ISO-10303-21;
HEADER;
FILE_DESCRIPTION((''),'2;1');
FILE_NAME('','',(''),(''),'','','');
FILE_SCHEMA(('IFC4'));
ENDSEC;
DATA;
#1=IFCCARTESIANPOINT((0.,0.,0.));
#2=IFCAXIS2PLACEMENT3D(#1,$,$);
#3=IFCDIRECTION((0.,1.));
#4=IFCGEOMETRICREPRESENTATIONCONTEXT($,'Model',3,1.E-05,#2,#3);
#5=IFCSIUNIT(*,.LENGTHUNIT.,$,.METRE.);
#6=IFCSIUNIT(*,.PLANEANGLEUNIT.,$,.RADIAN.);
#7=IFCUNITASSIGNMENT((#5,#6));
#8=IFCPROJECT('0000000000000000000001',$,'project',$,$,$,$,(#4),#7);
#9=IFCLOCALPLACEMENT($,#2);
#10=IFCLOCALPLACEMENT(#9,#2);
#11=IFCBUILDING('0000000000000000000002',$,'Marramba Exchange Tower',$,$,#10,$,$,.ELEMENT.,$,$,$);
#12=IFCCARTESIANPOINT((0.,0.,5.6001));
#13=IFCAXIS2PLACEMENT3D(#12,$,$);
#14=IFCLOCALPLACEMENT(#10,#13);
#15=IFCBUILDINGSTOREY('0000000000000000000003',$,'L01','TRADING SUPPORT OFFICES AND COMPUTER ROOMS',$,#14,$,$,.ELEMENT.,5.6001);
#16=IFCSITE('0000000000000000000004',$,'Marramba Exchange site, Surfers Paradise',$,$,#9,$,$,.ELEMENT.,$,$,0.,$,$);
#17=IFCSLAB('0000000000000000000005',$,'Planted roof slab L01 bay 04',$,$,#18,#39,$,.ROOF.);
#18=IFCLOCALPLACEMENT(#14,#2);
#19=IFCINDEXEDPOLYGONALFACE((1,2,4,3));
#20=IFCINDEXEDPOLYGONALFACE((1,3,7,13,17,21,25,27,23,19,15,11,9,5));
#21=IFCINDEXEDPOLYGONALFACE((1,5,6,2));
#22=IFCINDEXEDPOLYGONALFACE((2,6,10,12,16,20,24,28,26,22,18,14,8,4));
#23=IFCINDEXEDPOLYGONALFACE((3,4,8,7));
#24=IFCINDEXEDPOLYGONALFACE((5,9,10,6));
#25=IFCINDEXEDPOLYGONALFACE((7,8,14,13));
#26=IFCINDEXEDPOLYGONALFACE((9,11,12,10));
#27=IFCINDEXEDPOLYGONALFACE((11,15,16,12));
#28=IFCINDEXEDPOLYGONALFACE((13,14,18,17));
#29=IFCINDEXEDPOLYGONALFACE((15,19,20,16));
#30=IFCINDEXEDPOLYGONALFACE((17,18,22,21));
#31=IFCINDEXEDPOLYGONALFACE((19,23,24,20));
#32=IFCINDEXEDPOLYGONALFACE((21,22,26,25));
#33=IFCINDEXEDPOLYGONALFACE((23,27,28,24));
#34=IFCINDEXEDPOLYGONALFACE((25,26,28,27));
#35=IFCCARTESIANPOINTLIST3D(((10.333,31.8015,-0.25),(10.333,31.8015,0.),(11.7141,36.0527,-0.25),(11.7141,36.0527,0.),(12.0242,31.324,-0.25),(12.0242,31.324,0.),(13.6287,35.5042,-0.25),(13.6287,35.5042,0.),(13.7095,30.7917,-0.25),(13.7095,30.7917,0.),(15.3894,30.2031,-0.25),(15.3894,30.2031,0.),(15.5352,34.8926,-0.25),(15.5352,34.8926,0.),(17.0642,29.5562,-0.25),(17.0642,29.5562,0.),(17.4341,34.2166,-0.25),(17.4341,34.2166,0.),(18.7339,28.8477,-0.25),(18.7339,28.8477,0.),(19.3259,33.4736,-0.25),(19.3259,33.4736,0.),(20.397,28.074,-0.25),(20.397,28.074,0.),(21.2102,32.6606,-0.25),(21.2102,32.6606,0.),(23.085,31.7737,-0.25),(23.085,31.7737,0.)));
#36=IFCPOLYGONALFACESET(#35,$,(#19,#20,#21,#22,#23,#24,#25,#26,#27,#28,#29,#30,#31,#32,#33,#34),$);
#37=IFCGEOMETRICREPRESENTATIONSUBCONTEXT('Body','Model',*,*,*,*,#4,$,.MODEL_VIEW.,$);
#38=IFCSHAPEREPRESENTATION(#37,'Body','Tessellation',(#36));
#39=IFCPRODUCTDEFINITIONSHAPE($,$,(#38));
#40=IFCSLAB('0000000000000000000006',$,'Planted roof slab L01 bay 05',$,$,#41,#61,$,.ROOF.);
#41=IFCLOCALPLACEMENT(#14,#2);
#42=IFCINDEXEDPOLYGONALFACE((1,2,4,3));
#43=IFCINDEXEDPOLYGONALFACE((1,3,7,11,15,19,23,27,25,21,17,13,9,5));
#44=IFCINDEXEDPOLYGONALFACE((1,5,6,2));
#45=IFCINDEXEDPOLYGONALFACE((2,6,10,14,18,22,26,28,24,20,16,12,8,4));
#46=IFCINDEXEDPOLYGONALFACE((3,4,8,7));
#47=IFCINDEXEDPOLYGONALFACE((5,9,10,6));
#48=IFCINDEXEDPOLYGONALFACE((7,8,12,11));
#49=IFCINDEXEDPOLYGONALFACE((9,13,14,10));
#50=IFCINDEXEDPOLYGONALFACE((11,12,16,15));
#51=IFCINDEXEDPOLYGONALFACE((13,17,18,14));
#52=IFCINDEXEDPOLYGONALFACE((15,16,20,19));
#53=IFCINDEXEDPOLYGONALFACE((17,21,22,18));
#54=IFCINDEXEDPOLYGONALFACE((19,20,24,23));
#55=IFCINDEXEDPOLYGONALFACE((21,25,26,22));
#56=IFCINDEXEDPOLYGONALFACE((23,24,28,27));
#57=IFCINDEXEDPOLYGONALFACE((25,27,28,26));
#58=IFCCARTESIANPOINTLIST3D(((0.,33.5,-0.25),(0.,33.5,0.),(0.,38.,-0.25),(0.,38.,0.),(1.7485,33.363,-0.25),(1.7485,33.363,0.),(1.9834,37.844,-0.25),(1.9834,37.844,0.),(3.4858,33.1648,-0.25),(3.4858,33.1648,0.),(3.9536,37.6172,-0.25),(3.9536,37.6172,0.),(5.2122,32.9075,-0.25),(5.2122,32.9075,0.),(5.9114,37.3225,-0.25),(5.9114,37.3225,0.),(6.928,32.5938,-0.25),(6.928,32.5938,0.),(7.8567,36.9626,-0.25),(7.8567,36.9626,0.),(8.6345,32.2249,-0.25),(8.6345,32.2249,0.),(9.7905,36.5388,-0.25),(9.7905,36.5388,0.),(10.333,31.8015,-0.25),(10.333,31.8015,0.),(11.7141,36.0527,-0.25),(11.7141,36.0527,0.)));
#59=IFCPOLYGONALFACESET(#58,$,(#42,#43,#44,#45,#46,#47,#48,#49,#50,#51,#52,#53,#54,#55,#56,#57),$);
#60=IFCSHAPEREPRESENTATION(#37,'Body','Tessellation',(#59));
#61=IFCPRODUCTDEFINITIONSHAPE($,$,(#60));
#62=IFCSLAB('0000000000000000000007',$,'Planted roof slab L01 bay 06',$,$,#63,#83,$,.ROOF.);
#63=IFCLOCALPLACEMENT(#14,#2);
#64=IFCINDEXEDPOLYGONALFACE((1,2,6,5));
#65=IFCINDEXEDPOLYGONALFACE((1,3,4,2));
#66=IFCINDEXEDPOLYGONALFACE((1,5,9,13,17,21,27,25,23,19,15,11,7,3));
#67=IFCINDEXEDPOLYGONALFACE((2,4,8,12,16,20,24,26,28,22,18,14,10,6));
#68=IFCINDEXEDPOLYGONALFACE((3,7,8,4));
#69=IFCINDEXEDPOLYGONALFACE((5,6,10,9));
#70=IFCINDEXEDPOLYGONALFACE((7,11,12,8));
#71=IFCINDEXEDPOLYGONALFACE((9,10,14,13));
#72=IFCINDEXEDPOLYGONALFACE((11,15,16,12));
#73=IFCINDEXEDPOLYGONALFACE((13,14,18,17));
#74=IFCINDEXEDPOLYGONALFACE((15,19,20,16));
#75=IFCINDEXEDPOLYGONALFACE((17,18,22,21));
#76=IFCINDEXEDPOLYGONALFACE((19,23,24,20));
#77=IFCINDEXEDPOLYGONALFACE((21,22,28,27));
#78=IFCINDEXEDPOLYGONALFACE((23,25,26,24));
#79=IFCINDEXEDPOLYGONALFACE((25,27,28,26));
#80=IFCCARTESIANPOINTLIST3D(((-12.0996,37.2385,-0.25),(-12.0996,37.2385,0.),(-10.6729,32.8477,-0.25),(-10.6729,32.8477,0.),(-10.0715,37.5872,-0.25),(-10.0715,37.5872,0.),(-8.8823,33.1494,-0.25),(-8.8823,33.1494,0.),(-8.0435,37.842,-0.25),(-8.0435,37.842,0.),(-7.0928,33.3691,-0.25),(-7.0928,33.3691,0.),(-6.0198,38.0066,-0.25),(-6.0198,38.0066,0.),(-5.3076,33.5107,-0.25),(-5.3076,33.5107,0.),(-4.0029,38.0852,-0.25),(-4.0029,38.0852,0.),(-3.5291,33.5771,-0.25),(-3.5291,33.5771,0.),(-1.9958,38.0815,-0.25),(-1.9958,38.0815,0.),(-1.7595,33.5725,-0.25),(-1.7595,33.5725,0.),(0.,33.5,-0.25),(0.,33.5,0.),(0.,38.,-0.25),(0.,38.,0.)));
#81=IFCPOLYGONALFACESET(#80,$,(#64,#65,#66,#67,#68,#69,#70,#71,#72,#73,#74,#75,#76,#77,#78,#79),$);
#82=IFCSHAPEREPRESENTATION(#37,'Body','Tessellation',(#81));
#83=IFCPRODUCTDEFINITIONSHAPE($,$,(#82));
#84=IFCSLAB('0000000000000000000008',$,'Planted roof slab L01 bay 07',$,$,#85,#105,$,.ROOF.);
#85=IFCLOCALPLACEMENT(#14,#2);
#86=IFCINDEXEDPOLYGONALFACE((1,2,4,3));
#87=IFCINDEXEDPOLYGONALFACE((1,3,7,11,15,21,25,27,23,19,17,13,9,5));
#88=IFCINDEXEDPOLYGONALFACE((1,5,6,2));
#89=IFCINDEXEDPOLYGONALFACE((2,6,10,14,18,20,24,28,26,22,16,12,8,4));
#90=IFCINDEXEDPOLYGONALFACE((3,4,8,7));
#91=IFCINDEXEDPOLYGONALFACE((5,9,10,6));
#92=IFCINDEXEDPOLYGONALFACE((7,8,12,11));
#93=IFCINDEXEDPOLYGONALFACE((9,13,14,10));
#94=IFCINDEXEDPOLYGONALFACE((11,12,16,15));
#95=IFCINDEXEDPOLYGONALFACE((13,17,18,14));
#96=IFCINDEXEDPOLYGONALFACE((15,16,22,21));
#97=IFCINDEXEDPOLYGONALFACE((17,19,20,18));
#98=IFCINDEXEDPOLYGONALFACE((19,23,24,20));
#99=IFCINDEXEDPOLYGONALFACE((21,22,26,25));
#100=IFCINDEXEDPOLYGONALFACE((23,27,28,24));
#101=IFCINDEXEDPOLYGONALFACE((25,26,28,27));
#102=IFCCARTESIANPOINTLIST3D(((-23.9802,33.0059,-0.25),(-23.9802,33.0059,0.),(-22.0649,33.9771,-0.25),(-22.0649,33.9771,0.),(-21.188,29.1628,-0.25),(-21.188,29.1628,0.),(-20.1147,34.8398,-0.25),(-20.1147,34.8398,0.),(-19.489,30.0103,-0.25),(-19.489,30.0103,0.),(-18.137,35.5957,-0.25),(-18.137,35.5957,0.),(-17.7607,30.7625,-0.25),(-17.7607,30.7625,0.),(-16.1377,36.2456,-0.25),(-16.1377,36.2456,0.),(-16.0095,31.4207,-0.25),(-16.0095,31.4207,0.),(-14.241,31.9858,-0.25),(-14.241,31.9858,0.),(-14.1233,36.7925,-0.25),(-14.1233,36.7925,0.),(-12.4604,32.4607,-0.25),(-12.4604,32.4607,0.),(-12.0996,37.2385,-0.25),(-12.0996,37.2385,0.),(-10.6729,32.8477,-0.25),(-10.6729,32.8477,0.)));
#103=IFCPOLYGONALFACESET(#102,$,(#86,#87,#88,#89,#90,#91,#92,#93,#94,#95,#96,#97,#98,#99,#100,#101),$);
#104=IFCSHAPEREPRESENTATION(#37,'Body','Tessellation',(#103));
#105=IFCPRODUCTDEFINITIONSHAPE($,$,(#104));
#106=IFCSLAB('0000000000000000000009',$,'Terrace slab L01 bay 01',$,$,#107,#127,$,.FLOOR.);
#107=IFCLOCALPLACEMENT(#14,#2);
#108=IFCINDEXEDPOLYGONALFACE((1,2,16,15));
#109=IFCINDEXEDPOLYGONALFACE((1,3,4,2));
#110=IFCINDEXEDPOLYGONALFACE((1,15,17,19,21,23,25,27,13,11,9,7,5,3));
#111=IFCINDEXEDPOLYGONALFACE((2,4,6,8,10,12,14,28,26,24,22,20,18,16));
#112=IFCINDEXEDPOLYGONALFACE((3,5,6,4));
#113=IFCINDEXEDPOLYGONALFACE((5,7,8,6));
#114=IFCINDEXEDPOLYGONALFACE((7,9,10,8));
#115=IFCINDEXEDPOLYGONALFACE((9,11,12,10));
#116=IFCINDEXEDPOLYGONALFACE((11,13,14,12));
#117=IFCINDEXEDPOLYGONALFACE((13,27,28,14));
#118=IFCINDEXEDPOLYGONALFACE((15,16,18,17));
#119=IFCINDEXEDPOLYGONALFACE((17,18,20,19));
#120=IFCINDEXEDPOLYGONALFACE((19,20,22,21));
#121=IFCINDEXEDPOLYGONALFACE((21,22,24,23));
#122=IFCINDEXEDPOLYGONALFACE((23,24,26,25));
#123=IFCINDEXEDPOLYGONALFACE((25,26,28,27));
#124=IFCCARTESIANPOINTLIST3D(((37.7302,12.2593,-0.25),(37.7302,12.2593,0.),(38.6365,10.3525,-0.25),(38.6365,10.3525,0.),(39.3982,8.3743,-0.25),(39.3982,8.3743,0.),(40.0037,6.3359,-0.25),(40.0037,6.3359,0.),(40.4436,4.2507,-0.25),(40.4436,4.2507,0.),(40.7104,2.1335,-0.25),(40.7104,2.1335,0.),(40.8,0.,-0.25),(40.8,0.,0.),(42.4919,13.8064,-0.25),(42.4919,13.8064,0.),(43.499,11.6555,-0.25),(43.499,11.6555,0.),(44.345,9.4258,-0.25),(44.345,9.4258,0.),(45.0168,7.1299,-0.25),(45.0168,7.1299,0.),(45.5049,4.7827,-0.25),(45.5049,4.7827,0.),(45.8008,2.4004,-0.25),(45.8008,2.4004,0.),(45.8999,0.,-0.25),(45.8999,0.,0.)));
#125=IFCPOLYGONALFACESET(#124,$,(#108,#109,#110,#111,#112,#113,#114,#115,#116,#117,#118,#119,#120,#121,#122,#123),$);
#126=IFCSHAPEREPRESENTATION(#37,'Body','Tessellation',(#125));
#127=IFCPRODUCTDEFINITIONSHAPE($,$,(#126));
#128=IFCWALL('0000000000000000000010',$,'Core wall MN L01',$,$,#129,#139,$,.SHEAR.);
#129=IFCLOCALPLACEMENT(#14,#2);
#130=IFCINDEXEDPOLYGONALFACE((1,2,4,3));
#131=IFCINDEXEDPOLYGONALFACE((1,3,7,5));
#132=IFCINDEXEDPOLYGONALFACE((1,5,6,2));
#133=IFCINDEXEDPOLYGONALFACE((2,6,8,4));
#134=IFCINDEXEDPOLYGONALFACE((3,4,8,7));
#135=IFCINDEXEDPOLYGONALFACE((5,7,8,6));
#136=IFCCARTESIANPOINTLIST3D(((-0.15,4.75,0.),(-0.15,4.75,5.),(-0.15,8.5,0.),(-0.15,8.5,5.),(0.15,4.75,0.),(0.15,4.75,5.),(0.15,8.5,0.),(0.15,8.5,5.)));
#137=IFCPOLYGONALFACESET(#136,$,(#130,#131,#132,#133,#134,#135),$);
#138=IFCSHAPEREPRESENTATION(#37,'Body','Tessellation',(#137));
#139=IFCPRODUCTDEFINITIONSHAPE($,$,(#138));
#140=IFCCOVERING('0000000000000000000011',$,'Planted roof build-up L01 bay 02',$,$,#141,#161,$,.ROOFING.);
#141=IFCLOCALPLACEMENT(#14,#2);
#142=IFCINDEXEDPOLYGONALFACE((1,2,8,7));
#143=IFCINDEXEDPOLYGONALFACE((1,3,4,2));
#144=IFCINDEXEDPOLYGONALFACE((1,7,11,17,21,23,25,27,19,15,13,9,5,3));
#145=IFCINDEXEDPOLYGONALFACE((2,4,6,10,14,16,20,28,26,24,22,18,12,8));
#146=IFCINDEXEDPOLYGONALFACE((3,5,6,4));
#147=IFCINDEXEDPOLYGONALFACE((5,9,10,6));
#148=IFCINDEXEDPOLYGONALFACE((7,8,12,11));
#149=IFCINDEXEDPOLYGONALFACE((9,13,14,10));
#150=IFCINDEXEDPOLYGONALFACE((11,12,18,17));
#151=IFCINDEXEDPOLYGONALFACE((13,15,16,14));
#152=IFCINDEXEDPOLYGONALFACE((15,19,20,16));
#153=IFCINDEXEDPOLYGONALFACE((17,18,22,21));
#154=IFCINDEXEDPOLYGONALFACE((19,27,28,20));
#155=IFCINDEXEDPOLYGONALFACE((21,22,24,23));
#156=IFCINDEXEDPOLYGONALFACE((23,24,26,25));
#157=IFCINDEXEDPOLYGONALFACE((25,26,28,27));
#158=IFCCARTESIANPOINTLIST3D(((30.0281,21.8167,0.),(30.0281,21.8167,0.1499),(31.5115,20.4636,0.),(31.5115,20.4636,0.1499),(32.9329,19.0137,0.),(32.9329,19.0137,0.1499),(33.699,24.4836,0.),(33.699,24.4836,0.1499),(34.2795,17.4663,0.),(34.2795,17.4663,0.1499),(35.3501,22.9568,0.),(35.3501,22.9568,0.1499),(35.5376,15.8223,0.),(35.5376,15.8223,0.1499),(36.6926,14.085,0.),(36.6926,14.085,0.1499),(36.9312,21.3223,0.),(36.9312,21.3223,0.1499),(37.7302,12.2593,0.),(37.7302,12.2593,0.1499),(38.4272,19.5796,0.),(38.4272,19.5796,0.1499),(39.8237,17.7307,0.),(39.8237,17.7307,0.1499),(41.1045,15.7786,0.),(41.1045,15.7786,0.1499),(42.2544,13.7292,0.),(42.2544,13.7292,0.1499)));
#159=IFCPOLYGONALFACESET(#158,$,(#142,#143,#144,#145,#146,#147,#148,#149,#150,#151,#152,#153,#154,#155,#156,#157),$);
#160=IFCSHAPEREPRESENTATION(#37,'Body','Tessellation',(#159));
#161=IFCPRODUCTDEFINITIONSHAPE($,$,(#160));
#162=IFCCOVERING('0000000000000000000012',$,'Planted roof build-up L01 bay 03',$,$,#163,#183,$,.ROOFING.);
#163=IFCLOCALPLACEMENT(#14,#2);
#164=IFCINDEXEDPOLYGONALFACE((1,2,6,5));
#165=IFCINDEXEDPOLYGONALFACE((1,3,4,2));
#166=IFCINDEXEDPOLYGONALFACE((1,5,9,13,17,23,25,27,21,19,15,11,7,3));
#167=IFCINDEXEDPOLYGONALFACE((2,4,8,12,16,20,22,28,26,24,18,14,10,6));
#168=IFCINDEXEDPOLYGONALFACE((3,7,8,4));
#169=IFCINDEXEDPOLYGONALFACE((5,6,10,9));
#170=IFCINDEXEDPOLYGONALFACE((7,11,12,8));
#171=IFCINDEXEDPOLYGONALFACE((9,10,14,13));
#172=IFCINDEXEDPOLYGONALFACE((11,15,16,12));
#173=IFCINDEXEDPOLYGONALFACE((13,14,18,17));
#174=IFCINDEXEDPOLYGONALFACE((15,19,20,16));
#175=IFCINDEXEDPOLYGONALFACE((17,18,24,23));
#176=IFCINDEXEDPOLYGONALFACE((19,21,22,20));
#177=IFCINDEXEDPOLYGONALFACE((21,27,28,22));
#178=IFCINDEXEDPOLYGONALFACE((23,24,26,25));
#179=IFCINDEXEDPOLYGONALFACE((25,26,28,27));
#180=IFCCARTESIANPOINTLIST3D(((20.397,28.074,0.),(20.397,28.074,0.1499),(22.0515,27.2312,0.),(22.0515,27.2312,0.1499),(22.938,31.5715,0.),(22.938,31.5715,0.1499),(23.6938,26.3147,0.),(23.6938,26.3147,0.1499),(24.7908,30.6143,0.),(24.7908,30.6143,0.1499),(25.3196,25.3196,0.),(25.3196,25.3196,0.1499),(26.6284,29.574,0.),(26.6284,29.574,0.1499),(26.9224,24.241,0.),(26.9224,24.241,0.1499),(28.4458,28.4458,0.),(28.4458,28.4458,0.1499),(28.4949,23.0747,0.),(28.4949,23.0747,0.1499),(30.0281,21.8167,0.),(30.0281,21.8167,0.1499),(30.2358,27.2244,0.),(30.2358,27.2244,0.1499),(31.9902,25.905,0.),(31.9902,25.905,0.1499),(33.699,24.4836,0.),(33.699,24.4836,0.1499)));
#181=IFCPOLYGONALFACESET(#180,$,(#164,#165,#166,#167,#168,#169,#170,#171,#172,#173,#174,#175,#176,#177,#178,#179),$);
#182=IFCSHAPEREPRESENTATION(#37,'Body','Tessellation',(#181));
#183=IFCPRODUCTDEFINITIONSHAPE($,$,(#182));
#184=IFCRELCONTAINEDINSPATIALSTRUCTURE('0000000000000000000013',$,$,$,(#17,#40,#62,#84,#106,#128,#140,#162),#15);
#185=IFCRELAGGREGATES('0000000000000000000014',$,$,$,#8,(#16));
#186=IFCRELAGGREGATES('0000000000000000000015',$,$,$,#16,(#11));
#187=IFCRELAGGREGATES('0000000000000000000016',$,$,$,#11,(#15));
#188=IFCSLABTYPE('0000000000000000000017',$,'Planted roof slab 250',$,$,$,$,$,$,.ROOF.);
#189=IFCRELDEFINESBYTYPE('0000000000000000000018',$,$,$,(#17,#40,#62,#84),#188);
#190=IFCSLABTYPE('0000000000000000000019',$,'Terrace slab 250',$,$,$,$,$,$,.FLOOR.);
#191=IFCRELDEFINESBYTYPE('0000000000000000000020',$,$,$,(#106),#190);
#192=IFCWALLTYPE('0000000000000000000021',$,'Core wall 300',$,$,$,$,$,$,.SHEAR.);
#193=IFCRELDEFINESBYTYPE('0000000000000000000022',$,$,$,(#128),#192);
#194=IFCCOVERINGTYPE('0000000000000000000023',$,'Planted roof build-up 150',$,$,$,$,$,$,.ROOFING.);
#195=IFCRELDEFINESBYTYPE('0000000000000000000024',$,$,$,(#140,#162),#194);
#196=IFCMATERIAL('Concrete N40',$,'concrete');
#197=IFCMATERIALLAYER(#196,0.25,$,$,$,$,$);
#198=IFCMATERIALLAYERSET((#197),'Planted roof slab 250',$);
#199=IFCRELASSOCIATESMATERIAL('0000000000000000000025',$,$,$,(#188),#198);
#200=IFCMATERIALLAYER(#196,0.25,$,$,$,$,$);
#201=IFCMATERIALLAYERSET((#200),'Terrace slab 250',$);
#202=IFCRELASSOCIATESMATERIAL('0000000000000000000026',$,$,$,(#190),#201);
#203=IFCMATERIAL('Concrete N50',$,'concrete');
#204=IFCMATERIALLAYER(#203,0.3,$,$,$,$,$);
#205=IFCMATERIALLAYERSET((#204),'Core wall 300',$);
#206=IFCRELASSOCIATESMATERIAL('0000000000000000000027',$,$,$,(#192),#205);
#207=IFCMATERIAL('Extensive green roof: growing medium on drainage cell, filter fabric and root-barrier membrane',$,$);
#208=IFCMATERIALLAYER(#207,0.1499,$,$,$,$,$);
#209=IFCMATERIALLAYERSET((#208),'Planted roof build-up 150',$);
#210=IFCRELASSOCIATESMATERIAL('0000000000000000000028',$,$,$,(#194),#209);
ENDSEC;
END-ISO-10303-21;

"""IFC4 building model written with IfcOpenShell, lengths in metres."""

from ifc_helpers import new_model, si_unit, direction, frame, frame_2d, origin, place, context, subcontext, project, spatial, polyline, rectangle, outline, extrude, material, layer, layer_set, type_object, element, save


model = new_model("IFC4")

# Units and contexts
model_context = context("Model", 3, precision=1e-05, world=origin(), true_north=direction((0.0, 1.0)))
body_context = subcontext(model_context, "Body", "Model", "MODEL_VIEW")
ifc_project = project(units=[si_unit("LENGTHUNIT", "METRE"), si_unit("PLANEANGLEUNIT", "RADIAN")], contexts=[model_context])

# Site, building, storey
site_placement = place(None, origin())
site = spatial("IfcSite", under=ifc_project, at=site_placement, Name="Marramba Exchange site, Surfers Paradise", CompositionType="ELEMENT", RefElevation=0.0)
building_placement = place(site_placement, origin())
building = spatial("IfcBuilding", under=site, at=building_placement, Name="Marramba Exchange Tower", CompositionType="ELEMENT")
storey_placement = place(building_placement, frame((0.0, 0.0, 5.6001)))
storey = spatial("IfcBuildingStorey", under=building, at=storey_placement, Name="L01", Description="TRADING SUPPORT OFFICES AND COMPUTER ROOMS", CompositionType="ELEMENT", Elevation=5.6001)

# Slabs
ifc_material_1 = material(Name="Concrete N40", Category="concrete")
ifc_layer_1 = layer(ifc_material_1, 0.25)
ifc_layer_set_1 = layer_set([ifc_layer_1], Name="Planted roof slab 250")
slab_type_1 = type_object("IfcSlabType", Name="Planted roof slab 250", PredefinedType="ROOF", material=ifc_layer_set_1)
slab_1_placement = place(storey_placement, frame((0.0, 0.0, -0.25)))
element("IfcSlab", 1, at=slab_1_placement, inside=storey, type_object=slab_type_1, Name="Planted roof slab L01 bay 04", PredefinedType="ROOF", context=body_context, shape_type="SweptSolid", body=[
    extrude(outline(polyline([(13.6287, 35.5042), (15.5352, 34.8926), (17.4341, 34.2166), (19.3259, 33.4736), (21.2102, 32.6606), (23.085, 31.7737), (20.397, 28.074), (18.7339, 28.8477), (17.0642, 29.5562), (15.3894, 30.2031), (13.7095, 30.7917), (12.0242, 31.324), (10.333, 31.8015), (11.7141, 36.0527), (13.6287, 35.5042)])), origin(), (0.0, 0.0, 1.0), 0.25),
])
slab_2_placement = place(storey_placement, frame((0.0, 0.0, -0.25)))
element("IfcSlab", 2, at=slab_2_placement, inside=storey, type_object=slab_type_1, Name="Planted roof slab L01 bay 05", PredefinedType="ROOF", context=body_context, shape_type="SweptSolid", body=[
    extrude(outline(polyline([(1.9834, 37.844), (3.9536, 37.6172), (5.9114, 37.3225), (7.8567, 36.9626), (9.7905, 36.5388), (11.7141, 36.0527), (10.333, 31.8015), (8.6345, 32.2249), (6.928, 32.5938), (5.2122, 32.9075), (3.4858, 33.1648), (1.7485, 33.363), (0.0, 33.5), (0.0, 38.0), (1.9834, 37.844)])), origin(), (0.0, 0.0, 1.0), 0.25),
])
slab_3_placement = place(storey_placement, frame((0.0, 0.0, -0.25)))
element("IfcSlab", 3, at=slab_3_placement, inside=storey, type_object=slab_type_1, Name="Planted roof slab L01 bay 06", PredefinedType="ROOF", context=body_context, shape_type="SweptSolid", body=[
    extrude(outline(polyline([(-12.0996, 37.2385), (-10.0715, 37.5872), (-8.0435, 37.842), (-6.0198, 38.0066), (-4.0029, 38.0852), (-1.9958, 38.0815), (0.0, 38.0), (0.0, 33.5), (-1.7595, 33.5725), (-3.5291, 33.5771), (-5.3076, 33.5107), (-7.0928, 33.3691), (-8.8823, 33.1494), (-10.6729, 32.8477), (-12.0996, 37.2385)])), origin(), (0.0, 0.0, 1.0), 0.25),
])
slab_4_placement = place(storey_placement, frame((0.0, 0.0, -0.25)))
element("IfcSlab", 4, at=slab_4_placement, inside=storey, type_object=slab_type_1, Name="Planted roof slab L01 bay 07", PredefinedType="ROOF", context=body_context, shape_type="SweptSolid", body=[
    extrude(outline(polyline([(-22.0649, 33.9771), (-20.1147, 34.8398), (-18.137, 35.5957), (-16.1377, 36.2456), (-14.1233, 36.7925), (-12.0996, 37.2385), (-10.6729, 32.8477), (-12.4604, 32.4607), (-14.241, 31.9858), (-16.0095, 31.4207), (-17.7607, 30.7625), (-19.489, 30.0103), (-21.188, 29.1628), (-23.9802, 33.0059), (-22.0649, 33.9771)])), origin(), (0.0, 0.0, 1.0), 0.25),
])
ifc_layer_2 = layer(ifc_material_1, 0.25)
ifc_layer_set_2 = layer_set([ifc_layer_2], Name="Terrace slab 250")
slab_type_2 = type_object("IfcSlabType", Name="Terrace slab 250", PredefinedType="FLOOR", material=ifc_layer_set_2)
slab_5_placement = place(storey_placement, frame((0.0, 0.0, -0.25)))
element("IfcSlab", 5, at=slab_5_placement, inside=storey, type_object=slab_type_2, Name="Terrace slab L01 bay 01", PredefinedType="FLOOR", context=body_context, shape_type="SweptSolid", body=[
    extrude(outline(polyline([(43.499, 11.6555), (44.345, 9.4258), (45.0168, 7.1299), (45.5049, 4.7827), (45.8008, 2.4004), (45.8999, 0.0), (40.8, 0.0), (40.7104, 2.1335), (40.4436, 4.2507), (40.0037, 6.3359), (39.3982, 8.3743), (38.6365, 10.3525), (37.7302, 12.2593), (42.4919, 13.8064), (43.499, 11.6555)])), origin(), (0.0, 0.0, 1.0), 0.25),
])

# Wall
ifc_material_2 = material(Name="Concrete N50", Category="concrete")
ifc_layer_3 = layer(ifc_material_2, 0.3)
ifc_layer_set_3 = layer_set([ifc_layer_3], Name="Core wall 300")
wall_type = type_object("IfcWallType", Name="Core wall 300", PredefinedType="SHEAR", material=ifc_layer_set_3)
wall_placement = place(storey_placement, frame((0.0, 4.75, 0.0), z_axis=(0.0, 0.0, 1.0), x_axis=(0.0, 1.0, 0.0)))
element("IfcWall", 6, at=wall_placement, inside=storey, type_object=wall_type, Name="Core wall MN L01", PredefinedType="SHEAR", context=body_context, shape_type="SweptSolid", body=[
    extrude(rectangle(XDim=3.75, YDim=0.3, at=frame_2d((1.875, 0.0))), origin(), (0.0, 0.0, 1.0), 5.0),
])

# Coverings
ifc_material_3 = material(Name="Extensive green roof: growing medium on drainage cell, filter fabric and root-barrier membrane")
ifc_layer_4 = layer(ifc_material_3, 0.1499)
ifc_layer_set_4 = layer_set([ifc_layer_4], Name="Planted roof build-up 150")
covering_type = type_object("IfcCoveringType", Name="Planted roof build-up 150", PredefinedType="ROOFING", material=ifc_layer_set_4)
covering_1_placement = place(storey_placement, origin())
element("IfcCovering", 7, at=covering_1_placement, inside=storey, type_object=covering_type, Name="Planted roof build-up L01 bay 02", PredefinedType="ROOFING", context=body_context, shape_type="SweptSolid", body=[
    extrude(outline(polyline([(37.7302, 12.2593), (36.6926, 14.085), (35.5376, 15.8223), (34.2795, 17.4663), (32.9329, 19.0137), (31.5115, 20.4636), (30.0281, 21.8167), (33.699, 24.4836), (35.3501, 22.9568), (36.9312, 21.3223), (38.4272, 19.5796), (39.8237, 17.7307), (41.1045, 15.7786), (42.2544, 13.7292), (42.2544, 13.7292), (37.7302, 12.2593)])), origin(), (0.0, 0.0, 1.0), 0.1499),
])
covering_2_placement = place(storey_placement, origin())
element("IfcCovering", 8, at=covering_2_placement, inside=storey, type_object=covering_type, Name="Planted roof build-up L01 bay 03", PredefinedType="ROOFING", context=body_context, shape_type="SweptSolid", body=[
    extrude(outline(polyline([(30.0281, 21.8167), (28.4949, 23.0747), (26.9224, 24.241), (25.3196, 25.3196), (23.6938, 26.3147), (22.0515, 27.2312), (20.397, 28.074), (22.938, 31.5715), (22.938, 31.5715), (24.7908, 30.6143), (26.6284, 29.574), (28.4458, 28.4458), (30.2358, 27.2244), (31.9902, 25.905), (33.699, 24.4836), (33.699, 24.4836), (30.0281, 21.8167)])), origin(), (0.0, 0.0, 1.0), 0.1499),
])

save(model, "model.ifc")
